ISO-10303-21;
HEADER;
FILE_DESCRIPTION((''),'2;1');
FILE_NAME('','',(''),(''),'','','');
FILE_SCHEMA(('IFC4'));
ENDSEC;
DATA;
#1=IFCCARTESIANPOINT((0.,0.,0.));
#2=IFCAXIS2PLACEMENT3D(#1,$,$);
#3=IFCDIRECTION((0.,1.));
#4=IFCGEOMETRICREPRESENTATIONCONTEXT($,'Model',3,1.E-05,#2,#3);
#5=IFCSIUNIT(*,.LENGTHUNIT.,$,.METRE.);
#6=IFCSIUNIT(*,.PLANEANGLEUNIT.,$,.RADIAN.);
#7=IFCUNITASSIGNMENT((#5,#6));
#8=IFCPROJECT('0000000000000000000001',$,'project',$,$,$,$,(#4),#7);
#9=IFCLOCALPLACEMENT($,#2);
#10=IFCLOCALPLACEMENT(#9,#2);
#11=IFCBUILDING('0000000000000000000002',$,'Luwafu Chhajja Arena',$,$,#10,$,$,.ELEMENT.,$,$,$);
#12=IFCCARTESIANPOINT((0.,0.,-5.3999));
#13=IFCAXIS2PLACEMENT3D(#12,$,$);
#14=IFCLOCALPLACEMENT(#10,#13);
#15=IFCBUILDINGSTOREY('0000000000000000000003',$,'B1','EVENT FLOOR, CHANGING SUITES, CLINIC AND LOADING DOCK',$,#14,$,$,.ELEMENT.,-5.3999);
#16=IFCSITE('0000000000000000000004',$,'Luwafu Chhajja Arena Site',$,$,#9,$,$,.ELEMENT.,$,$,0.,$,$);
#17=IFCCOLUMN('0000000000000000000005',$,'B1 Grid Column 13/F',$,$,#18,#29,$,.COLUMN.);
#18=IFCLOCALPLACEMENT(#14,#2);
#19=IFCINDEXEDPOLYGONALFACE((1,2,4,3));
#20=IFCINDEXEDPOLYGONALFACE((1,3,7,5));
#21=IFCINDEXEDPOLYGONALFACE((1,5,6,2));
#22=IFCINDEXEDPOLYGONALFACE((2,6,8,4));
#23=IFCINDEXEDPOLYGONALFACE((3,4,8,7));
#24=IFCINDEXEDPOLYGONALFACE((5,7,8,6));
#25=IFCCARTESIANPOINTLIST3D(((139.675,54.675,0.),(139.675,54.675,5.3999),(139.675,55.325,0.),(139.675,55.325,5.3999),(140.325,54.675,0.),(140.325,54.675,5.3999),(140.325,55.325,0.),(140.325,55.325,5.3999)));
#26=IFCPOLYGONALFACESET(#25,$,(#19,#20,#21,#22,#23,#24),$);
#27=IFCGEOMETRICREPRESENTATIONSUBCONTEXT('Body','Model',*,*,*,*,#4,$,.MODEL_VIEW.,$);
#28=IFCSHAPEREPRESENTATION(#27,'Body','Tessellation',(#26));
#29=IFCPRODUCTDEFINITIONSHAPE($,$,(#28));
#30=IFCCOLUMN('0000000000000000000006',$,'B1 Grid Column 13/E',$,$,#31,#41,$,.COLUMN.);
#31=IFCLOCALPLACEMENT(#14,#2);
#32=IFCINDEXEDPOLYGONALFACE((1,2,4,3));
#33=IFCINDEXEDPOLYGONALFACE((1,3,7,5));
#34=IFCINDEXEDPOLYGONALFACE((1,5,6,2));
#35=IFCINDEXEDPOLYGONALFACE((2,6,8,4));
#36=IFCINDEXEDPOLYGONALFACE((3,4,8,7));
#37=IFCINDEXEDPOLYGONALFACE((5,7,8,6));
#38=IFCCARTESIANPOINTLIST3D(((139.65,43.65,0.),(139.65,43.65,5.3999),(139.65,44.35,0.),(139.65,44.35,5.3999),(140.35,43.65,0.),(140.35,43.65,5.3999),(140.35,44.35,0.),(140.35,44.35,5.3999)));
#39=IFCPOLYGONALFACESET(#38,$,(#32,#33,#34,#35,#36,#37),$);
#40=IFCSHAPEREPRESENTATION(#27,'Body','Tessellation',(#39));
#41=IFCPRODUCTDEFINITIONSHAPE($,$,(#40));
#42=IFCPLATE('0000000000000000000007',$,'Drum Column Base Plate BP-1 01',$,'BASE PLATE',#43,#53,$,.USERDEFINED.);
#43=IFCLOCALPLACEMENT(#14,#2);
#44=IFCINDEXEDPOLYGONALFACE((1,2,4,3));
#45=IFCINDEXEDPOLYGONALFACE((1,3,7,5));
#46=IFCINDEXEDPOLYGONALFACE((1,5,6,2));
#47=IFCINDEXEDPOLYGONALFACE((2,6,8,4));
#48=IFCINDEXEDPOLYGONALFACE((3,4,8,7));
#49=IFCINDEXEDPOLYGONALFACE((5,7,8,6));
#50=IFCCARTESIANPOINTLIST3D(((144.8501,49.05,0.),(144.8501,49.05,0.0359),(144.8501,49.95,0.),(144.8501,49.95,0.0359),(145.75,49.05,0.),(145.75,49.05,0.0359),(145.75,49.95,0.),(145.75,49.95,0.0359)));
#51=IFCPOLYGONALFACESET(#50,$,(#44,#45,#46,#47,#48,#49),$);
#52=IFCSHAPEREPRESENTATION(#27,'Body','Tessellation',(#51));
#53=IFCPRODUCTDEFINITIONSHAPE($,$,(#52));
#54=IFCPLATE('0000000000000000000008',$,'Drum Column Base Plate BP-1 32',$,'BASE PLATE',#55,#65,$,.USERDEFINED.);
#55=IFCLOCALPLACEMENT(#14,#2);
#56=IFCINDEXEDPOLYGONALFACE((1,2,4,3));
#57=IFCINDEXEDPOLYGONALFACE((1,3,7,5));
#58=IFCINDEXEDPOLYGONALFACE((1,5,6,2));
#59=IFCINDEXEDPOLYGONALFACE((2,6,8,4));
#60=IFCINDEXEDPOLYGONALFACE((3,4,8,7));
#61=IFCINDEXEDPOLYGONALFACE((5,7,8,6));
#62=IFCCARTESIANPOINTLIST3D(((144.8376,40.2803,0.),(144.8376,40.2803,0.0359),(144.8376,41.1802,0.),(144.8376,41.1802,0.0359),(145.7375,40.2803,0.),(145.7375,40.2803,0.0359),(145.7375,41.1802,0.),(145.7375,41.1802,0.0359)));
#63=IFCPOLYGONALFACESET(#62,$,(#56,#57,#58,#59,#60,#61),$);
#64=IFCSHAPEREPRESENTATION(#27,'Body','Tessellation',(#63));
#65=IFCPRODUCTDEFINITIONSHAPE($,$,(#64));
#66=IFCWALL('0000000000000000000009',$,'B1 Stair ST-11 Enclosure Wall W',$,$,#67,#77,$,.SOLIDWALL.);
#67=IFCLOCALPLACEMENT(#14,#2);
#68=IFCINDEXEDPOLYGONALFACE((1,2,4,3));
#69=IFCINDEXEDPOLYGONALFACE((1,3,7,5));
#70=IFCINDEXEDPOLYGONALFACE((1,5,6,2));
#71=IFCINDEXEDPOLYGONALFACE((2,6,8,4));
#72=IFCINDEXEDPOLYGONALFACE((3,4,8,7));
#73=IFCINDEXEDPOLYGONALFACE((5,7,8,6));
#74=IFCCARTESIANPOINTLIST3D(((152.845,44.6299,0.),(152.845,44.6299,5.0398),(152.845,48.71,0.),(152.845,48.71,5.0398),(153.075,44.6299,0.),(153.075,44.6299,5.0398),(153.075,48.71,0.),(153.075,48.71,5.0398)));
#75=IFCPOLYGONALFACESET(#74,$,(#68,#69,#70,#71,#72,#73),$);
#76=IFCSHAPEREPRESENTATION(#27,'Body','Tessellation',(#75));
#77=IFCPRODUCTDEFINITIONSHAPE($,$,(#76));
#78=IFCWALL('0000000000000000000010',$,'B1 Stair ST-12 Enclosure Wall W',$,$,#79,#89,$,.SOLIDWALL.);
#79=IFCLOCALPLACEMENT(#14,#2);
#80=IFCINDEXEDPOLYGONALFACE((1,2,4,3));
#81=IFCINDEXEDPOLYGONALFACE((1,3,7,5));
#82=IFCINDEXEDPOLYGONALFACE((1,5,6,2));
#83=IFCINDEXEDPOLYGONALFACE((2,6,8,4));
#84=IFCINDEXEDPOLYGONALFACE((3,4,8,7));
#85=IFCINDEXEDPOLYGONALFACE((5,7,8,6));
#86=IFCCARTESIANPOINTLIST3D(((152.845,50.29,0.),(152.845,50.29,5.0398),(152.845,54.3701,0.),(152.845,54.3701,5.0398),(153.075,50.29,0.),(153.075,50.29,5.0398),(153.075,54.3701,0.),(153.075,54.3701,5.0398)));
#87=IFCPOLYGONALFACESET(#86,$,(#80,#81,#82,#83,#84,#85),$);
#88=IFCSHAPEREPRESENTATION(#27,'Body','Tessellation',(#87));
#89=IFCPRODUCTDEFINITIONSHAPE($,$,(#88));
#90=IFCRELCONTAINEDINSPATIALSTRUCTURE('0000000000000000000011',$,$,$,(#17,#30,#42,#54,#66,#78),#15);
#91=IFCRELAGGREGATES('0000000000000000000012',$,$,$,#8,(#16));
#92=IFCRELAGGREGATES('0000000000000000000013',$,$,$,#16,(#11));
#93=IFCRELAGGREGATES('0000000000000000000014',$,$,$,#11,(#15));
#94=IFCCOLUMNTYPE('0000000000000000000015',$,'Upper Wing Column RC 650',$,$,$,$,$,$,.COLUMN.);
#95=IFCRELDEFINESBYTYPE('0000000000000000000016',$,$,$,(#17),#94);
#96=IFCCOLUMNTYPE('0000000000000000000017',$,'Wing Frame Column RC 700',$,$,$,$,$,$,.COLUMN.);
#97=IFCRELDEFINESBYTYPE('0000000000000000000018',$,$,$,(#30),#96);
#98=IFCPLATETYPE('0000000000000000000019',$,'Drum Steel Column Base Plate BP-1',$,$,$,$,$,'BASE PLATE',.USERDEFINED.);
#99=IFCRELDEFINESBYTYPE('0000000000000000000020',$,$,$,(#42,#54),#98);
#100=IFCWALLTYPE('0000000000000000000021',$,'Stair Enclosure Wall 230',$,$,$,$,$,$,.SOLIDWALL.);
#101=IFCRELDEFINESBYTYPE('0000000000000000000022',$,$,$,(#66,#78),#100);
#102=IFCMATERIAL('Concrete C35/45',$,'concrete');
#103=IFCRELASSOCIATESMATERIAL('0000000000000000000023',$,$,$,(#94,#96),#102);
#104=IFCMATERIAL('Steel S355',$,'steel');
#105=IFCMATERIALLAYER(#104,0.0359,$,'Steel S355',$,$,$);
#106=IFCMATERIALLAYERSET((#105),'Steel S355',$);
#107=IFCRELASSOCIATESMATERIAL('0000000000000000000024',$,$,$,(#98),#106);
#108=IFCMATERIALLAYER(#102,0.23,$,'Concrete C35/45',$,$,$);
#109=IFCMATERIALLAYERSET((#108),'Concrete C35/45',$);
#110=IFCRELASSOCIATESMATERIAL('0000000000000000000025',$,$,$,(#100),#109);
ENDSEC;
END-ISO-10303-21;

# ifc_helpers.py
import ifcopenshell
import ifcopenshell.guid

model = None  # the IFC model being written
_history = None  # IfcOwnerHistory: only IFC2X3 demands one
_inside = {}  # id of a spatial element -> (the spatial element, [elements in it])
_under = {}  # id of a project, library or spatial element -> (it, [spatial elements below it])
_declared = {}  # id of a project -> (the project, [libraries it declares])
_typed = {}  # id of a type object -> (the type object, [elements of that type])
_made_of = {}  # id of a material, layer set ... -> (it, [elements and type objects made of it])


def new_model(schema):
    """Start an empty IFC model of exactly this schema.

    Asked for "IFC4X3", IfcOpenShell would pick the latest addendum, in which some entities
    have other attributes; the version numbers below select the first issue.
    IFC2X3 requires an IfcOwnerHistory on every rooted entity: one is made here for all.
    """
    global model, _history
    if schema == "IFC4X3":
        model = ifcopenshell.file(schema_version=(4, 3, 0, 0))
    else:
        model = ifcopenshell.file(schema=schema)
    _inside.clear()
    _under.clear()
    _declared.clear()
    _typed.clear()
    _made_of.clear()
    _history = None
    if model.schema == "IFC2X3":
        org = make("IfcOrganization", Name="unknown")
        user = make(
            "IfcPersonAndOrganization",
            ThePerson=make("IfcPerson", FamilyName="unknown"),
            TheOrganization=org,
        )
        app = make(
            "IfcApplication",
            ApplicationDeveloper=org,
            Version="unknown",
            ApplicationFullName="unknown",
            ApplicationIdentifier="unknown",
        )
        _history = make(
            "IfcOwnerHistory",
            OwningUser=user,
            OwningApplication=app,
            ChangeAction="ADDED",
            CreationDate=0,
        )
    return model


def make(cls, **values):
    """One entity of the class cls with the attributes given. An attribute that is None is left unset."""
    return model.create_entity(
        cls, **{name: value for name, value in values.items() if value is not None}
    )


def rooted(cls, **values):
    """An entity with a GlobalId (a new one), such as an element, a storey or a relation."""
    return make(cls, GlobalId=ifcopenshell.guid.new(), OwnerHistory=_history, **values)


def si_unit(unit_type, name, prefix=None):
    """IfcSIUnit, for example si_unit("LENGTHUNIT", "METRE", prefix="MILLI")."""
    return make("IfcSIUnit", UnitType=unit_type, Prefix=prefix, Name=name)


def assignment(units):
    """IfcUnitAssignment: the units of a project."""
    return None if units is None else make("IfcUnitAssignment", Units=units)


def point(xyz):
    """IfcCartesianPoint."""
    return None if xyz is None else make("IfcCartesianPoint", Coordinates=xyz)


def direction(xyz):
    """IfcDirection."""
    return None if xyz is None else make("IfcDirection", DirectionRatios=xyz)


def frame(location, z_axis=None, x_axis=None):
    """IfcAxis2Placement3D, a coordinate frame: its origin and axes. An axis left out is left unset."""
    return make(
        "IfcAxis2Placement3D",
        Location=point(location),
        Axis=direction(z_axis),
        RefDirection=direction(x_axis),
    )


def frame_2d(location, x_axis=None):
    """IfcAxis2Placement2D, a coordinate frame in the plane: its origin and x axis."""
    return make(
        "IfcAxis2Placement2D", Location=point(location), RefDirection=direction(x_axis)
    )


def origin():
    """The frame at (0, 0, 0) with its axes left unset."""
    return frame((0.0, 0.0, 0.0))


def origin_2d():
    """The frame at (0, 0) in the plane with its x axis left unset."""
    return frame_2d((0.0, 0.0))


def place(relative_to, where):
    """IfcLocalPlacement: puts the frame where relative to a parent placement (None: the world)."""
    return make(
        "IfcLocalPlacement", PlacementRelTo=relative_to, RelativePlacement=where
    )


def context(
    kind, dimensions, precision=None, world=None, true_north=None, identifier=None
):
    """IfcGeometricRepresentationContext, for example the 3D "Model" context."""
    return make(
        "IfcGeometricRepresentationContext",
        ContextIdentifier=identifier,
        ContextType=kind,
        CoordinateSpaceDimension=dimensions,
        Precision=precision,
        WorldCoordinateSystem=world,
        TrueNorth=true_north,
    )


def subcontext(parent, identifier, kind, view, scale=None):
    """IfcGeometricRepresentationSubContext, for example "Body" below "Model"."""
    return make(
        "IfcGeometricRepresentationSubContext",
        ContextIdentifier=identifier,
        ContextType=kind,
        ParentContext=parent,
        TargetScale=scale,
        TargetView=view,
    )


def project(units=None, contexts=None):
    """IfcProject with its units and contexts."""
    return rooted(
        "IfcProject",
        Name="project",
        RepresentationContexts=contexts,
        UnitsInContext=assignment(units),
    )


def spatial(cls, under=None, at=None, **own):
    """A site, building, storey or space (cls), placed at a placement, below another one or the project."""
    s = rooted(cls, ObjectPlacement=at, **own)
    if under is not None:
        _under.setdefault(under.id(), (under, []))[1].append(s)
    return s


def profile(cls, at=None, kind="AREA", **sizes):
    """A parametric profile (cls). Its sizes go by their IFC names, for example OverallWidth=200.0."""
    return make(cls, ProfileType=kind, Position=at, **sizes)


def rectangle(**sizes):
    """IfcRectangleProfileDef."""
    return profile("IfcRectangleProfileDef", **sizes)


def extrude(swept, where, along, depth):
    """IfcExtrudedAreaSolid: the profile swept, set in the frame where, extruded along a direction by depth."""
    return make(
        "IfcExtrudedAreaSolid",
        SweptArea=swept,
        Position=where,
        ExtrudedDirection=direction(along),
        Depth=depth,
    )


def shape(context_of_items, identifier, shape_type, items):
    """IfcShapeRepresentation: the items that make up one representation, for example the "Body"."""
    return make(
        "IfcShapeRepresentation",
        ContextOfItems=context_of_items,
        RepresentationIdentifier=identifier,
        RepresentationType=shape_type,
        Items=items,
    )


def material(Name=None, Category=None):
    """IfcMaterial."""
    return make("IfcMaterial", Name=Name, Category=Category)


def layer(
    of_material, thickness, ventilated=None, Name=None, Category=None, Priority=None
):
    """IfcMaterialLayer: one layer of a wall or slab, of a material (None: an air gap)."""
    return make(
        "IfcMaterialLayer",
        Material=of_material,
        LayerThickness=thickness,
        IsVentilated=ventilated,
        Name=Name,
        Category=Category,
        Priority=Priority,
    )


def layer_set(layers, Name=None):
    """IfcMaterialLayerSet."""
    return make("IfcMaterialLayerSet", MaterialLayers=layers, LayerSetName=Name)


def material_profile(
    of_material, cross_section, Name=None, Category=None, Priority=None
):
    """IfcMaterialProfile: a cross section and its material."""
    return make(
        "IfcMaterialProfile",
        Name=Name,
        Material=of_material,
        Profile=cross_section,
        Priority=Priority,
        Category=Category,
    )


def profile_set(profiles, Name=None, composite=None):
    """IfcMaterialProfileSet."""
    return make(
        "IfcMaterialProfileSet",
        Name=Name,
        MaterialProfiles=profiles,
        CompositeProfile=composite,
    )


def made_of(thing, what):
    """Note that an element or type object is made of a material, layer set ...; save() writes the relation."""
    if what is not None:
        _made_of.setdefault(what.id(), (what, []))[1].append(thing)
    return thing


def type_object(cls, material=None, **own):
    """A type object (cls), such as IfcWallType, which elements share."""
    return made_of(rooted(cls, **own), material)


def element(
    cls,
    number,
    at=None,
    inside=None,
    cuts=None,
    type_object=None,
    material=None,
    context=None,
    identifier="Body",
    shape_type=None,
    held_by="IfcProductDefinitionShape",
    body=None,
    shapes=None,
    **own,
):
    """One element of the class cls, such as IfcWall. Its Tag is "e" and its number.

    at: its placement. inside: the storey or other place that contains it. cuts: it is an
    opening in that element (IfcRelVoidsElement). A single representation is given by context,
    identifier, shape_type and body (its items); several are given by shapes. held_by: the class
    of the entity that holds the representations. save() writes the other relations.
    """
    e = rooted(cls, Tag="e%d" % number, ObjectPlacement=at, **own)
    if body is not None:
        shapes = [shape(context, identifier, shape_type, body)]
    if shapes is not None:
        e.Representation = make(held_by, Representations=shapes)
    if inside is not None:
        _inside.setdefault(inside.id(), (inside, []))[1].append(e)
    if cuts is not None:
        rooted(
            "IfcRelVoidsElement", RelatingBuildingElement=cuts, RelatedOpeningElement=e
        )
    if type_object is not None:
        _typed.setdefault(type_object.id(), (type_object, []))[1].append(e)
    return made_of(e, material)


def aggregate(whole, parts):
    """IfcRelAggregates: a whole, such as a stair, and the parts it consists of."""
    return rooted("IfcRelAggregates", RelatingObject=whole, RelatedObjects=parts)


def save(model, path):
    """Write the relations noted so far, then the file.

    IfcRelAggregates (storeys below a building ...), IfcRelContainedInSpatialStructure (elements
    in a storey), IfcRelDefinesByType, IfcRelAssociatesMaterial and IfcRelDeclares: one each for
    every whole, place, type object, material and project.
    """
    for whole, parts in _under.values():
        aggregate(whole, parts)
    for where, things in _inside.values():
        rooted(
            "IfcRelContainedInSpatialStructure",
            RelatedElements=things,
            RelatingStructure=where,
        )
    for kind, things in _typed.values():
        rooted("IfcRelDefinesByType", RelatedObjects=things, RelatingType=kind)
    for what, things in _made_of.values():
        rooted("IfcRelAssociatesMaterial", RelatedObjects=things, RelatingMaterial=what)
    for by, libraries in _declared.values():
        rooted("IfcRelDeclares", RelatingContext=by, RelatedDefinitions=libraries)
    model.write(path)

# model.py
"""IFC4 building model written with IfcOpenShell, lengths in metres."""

from ifc_helpers import new_model, si_unit, direction, frame, frame_2d, origin, origin_2d, place, context, subcontext, project, spatial, rectangle, extrude, material, layer, layer_set, material_profile, profile_set, type_object, element, save


model = new_model("IFC4")

# Units and contexts
model_context = context("Model", 3, precision=1e-05, world=origin(), true_north=direction((0.0, 1.0)))
body_context = subcontext(model_context, "Body", "Model", "MODEL_VIEW")
ifc_project = project(units=[si_unit("LENGTHUNIT", "METRE"), si_unit("PLANEANGLEUNIT", "RADIAN")], contexts=[model_context])

# Site, building, storey
site_placement = place(None, origin())
site = spatial("IfcSite", under=ifc_project, at=site_placement, Name="Luwafu Chhajja Arena Site", CompositionType="ELEMENT", RefElevation=0.0)
building_placement = place(site_placement, origin())
building = spatial("IfcBuilding", under=site, at=building_placement, Name="Luwafu Chhajja Arena", CompositionType="ELEMENT")
storey_placement = place(building_placement, frame((0.0, 0.0, -5.3999)))
storey = spatial("IfcBuildingStorey", under=building, at=storey_placement, Name="B1", Description="EVENT FLOOR, CHANGING SUITES, CLINIC AND LOADING DOCK", CompositionType="ELEMENT", Elevation=-5.3999)

# Shared definitions
ifc_material_1 = material(Name="Concrete C35/45", Category="concrete")

# Columns
ifc_material_2 = material(Name="Steel S355", Category="steel")
ifc_material_profile_1 = material_profile(ifc_material_1, rectangle(XDim=0.6499, YDim=0.6499, at=origin_2d()), Name="RC 650x650")
ifc_profile_set_1 = profile_set([ifc_material_profile_1], Name="Concrete C35/45")
column_type_1 = type_object("IfcColumnType", Name="Upper Wing Column RC 650", PredefinedType="COLUMN", material=ifc_profile_set_1)
column_1_placement = place(storey_placement, frame((140.0, 55.0, 0.0), z_axis=(0.0, 0.0, 1.0), x_axis=(1.0, 0.0, 0.0)))
element("IfcColumn", 1, at=column_1_placement, inside=storey, type_object=column_type_1, Name="B1 Grid Column 13/F", PredefinedType="COLUMN", context=body_context, shape_type="SweptSolid", body=[
    extrude(rectangle(XDim=0.6499, YDim=0.6499, at=origin_2d()), origin(), (0.0, 0.0, 1.0), 5.3999),
])
ifc_material_profile_2 = material_profile(ifc_material_1, rectangle(XDim=0.7, YDim=0.7, at=origin_2d()), Name="RC 700x700")
ifc_profile_set_2 = profile_set([ifc_material_profile_2], Name="Concrete C35/45")
column_type_2 = type_object("IfcColumnType", Name="Wing Frame Column RC 700", PredefinedType="COLUMN", material=ifc_profile_set_2)
column_2_placement = place(storey_placement, frame((140.0, 44.0, 0.0), z_axis=(0.0, 0.0, 1.0), x_axis=(1.0, 0.0, 0.0)))
element("IfcColumn", 2, at=column_2_placement, inside=storey, type_object=column_type_2, Name="B1 Grid Column 13/E", PredefinedType="COLUMN", context=body_context, shape_type="SweptSolid", body=[
    extrude(rectangle(XDim=0.7, YDim=0.7, at=origin_2d()), origin(), (0.0, 0.0, 1.0), 5.3999),
])

# Plates
ifc_layer_1 = layer(ifc_material_2, 0.0359, Name="Steel S355")
ifc_layer_set_1 = layer_set([ifc_layer_1], Name="Steel S355")
plate_type = type_object("IfcPlateType", Name="Drum Steel Column Base Plate BP-1", ElementType="BASE PLATE", PredefinedType="USERDEFINED", material=ifc_layer_set_1)
for number, where, z_axis, x_axis, name in (
    (3, (145.3, 49.5, 0.0), (0.0, 0.0, 1.0), (1.0, 0.0, 0.0), "Drum Column Base Plate BP-1 01"),
    (4, (145.2876, 40.7302, 0.0), (0.0, 0.0, 1.0), (1.0, 0.0, 0.0), "Drum Column Base Plate BP-1 32"),
):
    element("IfcPlate", number, at=place(storey_placement, frame(where, z_axis=z_axis, x_axis=x_axis)), inside=storey, type_object=plate_type, Name=name, ObjectType="BASE PLATE", PredefinedType="USERDEFINED", context=body_context, shape_type="SweptSolid", body=[
        extrude(rectangle(XDim=0.8999, YDim=0.8999, at=origin_2d()), origin(), (0.0, 0.0, 1.0), 0.0359),
    ])

# Walls
ifc_layer_2 = layer(ifc_material_1, 0.23, Name="Concrete C35/45")
ifc_layer_set_2 = layer_set([ifc_layer_2], Name="Concrete C35/45")
wall_type = type_object("IfcWallType", Name="Stair Enclosure Wall 230", PredefinedType="SOLIDWALL", material=ifc_layer_set_2)
for number, where, z_axis, x_axis, name in (
    (5, (152.96, 44.6299, 0.0), (0.0, 0.0, 1.0), (0.0, 1.0, 0.0), "B1 Stair ST-11 Enclosure Wall W"),
    (6, (152.96, 50.29, 0.0), (0.0, 0.0, 1.0), (0.0, 1.0, 0.0), "B1 Stair ST-12 Enclosure Wall W"),
):
    element("IfcWall", number, at=place(storey_placement, frame(where, z_axis=z_axis, x_axis=x_axis)), inside=storey, type_object=wall_type, Name=name, PredefinedType="SOLIDWALL", context=body_context, shape_type="SweptSolid", body=[
        extrude(rectangle(XDim=4.0801, YDim=0.23, at=frame_2d((2.04, 0.0))), origin(), (0.0, 0.0, 1.0), 5.0398),
    ])

save(model, "model.ifc")
